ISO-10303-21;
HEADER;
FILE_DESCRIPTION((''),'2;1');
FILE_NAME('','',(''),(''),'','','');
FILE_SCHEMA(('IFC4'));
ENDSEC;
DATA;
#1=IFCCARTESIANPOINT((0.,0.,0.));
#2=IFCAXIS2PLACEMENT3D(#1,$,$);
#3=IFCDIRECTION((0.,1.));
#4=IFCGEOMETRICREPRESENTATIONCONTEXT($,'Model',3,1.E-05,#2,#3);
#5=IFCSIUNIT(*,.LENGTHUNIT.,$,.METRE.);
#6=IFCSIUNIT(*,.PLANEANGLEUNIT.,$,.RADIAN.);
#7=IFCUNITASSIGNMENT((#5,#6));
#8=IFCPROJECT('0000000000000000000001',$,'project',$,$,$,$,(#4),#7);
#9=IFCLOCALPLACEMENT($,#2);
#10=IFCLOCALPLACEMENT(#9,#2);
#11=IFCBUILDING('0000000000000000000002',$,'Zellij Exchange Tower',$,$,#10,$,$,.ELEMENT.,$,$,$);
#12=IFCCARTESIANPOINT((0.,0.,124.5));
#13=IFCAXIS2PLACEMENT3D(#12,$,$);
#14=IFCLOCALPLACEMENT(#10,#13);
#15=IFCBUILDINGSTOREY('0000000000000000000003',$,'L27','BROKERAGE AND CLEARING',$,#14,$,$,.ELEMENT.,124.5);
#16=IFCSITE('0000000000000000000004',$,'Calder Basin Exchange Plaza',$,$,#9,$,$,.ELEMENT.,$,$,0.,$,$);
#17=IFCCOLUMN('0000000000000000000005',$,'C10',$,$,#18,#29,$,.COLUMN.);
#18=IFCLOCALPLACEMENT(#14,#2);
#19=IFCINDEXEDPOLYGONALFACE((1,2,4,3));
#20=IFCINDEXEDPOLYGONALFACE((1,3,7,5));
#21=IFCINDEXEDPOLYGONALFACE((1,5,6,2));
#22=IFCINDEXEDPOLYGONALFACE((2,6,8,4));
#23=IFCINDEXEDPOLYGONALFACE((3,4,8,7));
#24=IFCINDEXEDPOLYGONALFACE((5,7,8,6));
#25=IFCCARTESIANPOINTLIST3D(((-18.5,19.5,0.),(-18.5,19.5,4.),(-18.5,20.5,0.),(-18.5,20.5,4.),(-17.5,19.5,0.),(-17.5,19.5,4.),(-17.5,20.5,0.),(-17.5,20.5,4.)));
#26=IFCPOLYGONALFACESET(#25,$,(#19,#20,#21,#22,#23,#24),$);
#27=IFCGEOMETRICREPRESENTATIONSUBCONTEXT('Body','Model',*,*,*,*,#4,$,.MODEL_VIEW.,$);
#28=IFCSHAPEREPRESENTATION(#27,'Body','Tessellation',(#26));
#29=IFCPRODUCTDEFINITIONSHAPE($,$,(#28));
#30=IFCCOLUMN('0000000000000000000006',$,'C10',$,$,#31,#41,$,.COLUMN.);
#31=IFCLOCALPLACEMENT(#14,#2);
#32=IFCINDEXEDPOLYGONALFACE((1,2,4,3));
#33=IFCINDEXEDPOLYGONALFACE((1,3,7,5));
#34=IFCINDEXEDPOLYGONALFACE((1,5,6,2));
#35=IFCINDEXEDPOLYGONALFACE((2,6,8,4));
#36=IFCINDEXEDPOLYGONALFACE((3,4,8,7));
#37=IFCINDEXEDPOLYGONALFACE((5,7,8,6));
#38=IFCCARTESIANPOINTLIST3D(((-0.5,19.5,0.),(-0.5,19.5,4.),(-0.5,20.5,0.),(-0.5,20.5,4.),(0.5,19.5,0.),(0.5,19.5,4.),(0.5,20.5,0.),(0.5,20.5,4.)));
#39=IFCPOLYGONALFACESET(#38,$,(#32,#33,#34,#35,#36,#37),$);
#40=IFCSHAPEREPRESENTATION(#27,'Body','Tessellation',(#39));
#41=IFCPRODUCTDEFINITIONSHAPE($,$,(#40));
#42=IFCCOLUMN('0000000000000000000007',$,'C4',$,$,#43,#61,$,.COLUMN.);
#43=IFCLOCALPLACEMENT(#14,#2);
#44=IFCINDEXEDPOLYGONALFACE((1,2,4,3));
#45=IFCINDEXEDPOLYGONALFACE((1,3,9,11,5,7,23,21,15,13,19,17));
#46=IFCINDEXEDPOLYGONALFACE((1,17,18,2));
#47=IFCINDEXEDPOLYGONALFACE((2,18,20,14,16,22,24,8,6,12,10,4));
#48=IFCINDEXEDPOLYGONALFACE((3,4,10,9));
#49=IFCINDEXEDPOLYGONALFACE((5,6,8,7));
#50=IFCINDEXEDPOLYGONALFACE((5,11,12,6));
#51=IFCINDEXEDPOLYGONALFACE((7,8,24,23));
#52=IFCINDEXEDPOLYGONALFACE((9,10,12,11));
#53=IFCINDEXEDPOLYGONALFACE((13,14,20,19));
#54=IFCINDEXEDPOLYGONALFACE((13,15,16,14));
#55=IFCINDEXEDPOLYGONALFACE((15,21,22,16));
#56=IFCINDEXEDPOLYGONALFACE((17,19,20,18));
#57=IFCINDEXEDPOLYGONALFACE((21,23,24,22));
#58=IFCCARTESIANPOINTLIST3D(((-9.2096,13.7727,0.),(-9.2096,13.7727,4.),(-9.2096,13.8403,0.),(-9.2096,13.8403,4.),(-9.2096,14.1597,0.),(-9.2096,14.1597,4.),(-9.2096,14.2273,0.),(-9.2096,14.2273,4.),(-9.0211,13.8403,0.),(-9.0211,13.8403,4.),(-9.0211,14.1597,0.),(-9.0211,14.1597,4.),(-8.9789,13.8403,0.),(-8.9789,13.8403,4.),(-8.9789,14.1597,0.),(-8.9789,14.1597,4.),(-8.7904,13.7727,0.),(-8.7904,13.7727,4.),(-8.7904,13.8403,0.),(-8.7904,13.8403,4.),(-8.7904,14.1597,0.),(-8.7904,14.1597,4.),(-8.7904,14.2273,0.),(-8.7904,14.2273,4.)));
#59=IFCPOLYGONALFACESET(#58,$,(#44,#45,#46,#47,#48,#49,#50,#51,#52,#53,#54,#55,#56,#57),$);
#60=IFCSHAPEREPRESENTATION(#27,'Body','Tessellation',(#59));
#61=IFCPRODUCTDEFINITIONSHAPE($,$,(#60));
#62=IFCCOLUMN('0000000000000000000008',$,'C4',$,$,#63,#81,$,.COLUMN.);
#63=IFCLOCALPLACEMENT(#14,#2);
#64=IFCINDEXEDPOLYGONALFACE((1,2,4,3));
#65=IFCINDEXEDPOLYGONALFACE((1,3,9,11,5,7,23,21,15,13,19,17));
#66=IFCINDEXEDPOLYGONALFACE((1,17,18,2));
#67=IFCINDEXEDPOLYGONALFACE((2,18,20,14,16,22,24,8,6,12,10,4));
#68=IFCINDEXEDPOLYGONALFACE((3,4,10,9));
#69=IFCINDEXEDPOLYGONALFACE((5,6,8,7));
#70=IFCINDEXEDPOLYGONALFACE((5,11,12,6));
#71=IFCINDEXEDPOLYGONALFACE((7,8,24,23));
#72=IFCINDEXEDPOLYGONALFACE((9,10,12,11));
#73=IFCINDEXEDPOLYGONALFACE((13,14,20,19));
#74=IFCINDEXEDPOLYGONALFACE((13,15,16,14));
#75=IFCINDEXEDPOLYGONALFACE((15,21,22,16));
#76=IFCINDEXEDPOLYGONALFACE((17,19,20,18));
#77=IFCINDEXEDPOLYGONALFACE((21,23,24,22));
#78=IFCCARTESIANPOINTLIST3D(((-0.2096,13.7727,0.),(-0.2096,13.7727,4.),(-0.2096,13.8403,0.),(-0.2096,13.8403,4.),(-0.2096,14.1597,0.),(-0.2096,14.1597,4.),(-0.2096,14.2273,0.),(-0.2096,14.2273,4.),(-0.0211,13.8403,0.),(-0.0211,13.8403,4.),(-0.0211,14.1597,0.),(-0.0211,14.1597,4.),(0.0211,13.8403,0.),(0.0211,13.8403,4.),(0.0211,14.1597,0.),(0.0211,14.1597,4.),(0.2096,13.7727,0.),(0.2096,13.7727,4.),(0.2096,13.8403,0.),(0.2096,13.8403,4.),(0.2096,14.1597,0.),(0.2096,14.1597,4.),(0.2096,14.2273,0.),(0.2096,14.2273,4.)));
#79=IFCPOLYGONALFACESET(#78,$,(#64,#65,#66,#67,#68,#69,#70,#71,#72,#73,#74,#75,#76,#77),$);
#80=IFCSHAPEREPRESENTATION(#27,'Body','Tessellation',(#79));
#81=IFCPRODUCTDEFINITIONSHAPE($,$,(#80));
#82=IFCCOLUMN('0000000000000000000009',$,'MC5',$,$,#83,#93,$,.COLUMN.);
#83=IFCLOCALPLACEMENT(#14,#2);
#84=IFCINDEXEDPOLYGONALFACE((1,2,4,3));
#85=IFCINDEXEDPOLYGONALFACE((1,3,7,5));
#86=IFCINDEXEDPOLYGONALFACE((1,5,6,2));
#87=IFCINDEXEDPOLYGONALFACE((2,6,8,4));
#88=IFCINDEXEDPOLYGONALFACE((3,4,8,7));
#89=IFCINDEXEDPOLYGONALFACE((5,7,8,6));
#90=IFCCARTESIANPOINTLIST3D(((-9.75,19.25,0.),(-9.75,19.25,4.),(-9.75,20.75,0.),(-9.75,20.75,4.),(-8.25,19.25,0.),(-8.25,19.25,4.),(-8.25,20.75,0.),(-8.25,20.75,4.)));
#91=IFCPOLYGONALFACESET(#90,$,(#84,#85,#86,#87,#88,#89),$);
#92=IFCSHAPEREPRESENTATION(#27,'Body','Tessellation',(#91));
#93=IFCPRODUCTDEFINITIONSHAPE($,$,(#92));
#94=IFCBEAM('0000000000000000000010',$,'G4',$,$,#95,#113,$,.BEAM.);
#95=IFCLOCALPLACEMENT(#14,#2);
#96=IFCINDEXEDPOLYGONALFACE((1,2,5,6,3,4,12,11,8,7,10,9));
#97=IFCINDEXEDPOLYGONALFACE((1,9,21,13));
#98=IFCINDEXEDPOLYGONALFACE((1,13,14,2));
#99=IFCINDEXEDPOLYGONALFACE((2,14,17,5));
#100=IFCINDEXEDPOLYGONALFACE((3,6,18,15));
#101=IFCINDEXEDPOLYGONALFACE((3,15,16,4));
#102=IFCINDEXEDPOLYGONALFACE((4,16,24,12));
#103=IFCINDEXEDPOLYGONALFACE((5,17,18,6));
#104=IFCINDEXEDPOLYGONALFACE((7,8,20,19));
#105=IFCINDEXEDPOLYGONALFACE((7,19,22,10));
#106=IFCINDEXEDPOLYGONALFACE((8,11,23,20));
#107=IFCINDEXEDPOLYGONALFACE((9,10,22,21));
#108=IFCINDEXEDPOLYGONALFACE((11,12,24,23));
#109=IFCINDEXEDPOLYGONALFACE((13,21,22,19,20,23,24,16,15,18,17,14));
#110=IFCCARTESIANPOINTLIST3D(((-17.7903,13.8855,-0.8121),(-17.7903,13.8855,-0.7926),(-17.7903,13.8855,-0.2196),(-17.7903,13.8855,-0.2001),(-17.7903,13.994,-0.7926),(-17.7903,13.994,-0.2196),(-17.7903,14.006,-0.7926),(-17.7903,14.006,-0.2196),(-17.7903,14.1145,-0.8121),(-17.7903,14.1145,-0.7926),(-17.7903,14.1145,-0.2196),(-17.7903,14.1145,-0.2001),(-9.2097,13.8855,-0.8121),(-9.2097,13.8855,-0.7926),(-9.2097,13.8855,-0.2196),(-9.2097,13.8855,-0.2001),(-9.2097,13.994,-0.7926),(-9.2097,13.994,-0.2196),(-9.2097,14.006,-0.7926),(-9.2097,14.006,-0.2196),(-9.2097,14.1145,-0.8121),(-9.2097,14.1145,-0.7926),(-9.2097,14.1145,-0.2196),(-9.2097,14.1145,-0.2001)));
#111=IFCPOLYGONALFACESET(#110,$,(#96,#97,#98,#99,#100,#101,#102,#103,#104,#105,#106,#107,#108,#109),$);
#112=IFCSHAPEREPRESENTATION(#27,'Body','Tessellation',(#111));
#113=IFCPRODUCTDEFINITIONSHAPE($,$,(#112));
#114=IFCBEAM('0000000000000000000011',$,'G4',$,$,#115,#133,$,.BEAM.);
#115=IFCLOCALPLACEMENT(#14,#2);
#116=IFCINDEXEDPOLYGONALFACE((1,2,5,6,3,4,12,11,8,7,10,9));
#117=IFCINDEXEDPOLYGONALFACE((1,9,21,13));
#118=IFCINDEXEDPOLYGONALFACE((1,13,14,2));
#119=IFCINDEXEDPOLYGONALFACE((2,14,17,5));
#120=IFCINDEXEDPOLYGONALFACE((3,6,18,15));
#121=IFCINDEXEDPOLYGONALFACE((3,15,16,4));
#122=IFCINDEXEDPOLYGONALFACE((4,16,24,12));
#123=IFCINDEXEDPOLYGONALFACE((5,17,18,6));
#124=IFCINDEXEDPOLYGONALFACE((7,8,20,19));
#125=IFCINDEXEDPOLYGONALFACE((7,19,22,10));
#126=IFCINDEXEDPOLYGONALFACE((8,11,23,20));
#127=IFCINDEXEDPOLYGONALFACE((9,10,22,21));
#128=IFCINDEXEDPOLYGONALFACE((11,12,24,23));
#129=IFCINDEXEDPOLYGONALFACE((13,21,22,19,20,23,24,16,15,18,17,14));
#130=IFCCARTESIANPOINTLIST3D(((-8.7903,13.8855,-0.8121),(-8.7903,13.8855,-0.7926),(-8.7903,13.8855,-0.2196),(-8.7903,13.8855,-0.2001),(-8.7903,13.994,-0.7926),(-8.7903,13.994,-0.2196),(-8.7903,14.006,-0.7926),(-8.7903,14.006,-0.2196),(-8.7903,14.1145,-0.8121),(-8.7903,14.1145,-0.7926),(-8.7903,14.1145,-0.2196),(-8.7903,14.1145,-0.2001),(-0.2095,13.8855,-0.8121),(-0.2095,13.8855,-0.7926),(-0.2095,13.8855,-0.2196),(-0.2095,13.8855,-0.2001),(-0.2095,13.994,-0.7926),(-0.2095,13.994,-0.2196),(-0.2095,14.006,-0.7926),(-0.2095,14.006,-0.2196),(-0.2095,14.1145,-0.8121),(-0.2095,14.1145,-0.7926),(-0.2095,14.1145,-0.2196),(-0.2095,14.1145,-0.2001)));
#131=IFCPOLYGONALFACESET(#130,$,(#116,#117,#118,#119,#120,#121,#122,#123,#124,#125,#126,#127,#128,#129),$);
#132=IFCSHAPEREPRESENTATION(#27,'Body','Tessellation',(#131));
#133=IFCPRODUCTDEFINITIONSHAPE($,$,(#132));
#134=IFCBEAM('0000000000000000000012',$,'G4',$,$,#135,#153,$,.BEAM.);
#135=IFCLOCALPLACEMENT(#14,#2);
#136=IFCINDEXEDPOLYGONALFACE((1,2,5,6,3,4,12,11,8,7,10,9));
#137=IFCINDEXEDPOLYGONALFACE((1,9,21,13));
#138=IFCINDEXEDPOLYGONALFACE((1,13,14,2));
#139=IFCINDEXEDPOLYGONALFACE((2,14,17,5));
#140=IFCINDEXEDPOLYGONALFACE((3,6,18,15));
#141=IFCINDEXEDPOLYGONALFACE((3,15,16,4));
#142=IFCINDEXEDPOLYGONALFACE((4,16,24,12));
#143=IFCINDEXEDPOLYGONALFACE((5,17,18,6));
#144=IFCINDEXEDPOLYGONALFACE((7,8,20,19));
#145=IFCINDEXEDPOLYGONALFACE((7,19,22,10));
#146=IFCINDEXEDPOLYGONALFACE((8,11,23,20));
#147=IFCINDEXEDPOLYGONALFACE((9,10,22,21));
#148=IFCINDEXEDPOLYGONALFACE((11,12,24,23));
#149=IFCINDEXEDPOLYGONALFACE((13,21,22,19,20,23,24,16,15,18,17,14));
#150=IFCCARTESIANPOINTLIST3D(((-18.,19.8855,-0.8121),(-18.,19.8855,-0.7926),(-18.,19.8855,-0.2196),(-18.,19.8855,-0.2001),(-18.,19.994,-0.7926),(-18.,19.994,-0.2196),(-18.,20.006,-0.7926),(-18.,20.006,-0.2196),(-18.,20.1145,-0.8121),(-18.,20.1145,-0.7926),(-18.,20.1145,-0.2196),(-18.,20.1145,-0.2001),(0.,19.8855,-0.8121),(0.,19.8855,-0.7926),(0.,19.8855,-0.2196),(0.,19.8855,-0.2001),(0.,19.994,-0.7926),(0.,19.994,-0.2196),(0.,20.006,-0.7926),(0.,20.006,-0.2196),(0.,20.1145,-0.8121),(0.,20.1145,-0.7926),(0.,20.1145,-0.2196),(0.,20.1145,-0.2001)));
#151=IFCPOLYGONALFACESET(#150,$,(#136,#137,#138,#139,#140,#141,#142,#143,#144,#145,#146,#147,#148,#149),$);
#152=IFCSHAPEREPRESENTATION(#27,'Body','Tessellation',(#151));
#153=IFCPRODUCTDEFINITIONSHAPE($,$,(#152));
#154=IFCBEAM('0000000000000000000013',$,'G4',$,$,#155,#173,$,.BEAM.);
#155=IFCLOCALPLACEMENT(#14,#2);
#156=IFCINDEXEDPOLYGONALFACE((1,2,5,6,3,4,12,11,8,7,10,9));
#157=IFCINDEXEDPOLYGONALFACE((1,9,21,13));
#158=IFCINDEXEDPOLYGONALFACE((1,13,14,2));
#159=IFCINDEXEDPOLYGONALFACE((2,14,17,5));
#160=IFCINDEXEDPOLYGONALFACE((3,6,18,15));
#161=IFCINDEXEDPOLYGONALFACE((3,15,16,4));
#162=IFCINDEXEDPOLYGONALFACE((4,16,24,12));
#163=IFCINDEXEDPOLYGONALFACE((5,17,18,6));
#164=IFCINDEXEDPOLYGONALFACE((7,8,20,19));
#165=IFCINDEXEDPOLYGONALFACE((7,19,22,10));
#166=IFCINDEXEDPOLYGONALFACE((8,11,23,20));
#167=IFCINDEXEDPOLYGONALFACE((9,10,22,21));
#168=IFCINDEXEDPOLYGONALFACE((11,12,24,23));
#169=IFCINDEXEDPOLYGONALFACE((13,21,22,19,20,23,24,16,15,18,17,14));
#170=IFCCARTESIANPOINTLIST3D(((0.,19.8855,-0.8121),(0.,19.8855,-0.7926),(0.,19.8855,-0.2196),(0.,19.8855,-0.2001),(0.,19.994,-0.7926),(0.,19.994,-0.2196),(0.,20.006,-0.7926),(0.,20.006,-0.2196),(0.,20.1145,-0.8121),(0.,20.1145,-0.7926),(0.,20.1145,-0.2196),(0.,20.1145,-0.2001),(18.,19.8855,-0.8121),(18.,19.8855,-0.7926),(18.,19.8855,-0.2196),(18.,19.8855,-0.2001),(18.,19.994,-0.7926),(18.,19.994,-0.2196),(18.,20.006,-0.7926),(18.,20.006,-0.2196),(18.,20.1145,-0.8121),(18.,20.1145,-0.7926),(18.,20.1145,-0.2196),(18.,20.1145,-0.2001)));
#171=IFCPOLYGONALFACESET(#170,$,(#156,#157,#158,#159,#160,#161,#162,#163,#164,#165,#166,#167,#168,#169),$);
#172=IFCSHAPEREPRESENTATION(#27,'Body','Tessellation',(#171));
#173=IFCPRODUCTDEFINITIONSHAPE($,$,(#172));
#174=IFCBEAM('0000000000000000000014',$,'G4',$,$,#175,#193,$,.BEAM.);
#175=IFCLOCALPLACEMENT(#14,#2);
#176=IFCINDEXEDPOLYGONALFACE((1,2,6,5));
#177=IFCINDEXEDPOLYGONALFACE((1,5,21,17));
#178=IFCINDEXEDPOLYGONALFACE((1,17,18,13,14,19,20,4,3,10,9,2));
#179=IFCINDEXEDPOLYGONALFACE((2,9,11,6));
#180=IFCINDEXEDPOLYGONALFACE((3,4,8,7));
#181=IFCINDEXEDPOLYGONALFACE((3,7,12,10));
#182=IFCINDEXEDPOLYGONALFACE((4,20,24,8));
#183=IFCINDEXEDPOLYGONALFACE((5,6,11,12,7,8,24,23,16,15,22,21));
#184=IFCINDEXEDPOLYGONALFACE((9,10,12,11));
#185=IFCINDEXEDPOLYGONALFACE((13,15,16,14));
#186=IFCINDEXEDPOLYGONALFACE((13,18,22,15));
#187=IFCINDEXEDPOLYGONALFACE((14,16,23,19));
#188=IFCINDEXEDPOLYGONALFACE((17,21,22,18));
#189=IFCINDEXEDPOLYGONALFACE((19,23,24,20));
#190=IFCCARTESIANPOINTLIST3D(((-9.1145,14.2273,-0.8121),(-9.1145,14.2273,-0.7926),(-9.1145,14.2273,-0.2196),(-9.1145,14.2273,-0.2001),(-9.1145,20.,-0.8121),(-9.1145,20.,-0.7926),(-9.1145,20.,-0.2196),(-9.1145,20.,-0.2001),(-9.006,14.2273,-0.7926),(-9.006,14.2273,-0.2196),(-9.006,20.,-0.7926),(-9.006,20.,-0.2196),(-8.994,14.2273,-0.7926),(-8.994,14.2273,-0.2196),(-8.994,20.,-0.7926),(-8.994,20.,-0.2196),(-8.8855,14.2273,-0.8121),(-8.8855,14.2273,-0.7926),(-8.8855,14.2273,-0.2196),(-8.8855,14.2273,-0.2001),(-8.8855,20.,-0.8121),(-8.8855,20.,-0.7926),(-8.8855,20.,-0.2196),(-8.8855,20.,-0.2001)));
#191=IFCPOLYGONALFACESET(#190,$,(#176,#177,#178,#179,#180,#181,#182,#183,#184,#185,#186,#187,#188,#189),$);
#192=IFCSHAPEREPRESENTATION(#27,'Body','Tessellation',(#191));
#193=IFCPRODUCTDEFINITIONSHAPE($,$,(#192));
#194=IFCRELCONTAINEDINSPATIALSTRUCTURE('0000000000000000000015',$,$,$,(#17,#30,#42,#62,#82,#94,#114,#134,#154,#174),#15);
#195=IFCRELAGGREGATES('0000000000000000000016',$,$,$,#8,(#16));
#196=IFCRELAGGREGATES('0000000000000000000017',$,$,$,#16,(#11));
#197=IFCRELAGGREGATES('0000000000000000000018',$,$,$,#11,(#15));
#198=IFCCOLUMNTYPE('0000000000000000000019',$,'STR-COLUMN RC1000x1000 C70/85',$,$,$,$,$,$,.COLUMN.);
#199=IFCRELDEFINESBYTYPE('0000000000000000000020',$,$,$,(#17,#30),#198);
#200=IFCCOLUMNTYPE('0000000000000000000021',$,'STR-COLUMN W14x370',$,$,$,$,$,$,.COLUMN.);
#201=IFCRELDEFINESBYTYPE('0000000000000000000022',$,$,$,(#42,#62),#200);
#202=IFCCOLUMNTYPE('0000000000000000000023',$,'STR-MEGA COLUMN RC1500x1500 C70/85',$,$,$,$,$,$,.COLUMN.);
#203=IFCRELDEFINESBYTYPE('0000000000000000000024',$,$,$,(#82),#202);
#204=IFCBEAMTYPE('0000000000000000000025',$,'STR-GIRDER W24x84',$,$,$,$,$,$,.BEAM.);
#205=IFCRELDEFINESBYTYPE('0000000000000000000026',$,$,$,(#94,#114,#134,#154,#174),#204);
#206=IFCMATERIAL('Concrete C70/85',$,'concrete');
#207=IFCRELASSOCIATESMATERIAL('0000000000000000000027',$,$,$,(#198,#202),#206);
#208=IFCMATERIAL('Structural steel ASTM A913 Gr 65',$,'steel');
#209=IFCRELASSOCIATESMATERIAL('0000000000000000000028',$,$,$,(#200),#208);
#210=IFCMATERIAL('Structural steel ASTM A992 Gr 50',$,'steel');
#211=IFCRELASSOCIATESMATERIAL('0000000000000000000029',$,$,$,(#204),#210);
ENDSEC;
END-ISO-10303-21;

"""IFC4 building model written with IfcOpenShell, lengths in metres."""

from ifc_helpers import new_model, si_unit, direction, frame, origin, origin_2d, place, context, subcontext, project, spatial, rectangle, i_section, extrude, material, material_profile, profile_set, type_object, element, save


model = new_model("IFC4")

# Units and contexts
model_context = context("Model", 3, precision=1e-05, world=origin(), true_north=direction((0.0, 1.0)))
body_context = subcontext(model_context, "Body", "Model", "MODEL_VIEW")
ifc_project = project(units=[si_unit("LENGTHUNIT", "METRE"), si_unit("PLANEANGLEUNIT", "RADIAN")], contexts=[model_context])

# Site, building, storey
site_placement = place(None, origin())
site = spatial("IfcSite", under=ifc_project, at=site_placement, Name="Calder Basin Exchange Plaza", CompositionType="ELEMENT", RefElevation=0.0)
building_placement = place(site_placement, origin())
building = spatial("IfcBuilding", under=site, at=building_placement, Name="Zellij Exchange Tower", CompositionType="ELEMENT")
storey_placement = place(building_placement, frame((0.0, 0.0, 124.5)))
storey = spatial("IfcBuildingStorey", under=building, at=storey_placement, Name="L27", Description="BROKERAGE AND CLEARING", CompositionType="ELEMENT", Elevation=124.5)

# Columns
ifc_material_1 = material(Name="Concrete C70/85", Category="concrete")
ifc_material_profile_1 = material_profile(ifc_material_1, rectangle(XDim=1.0, YDim=1.0, at=origin_2d()), Name="STR-COLUMN RC1000x1000 C70/85")
ifc_profile_set_1 = profile_set([ifc_material_profile_1], Name="Concrete C70/85")
column_type_1 = type_object("IfcColumnType", Name="STR-COLUMN RC1000x1000 C70/85", PredefinedType="COLUMN", material=ifc_profile_set_1)
for number, where, z_axis, x_axis, name in (
    (1, (-18.0, 20.0, 0.0), (0.0, 0.0, 1.0), (1.0, 0.0, 0.0), "C10"),
    (2, (0.0, 20.0, 0.0), (0.0, 0.0, 1.0), (1.0, 0.0, 0.0), "C10"),
):
    element("IfcColumn", number, at=place(storey_placement, frame(where, z_axis=z_axis, x_axis=x_axis)), inside=storey, type_object=column_type_1, Name=name, PredefinedType="COLUMN", context=body_context, shape_type="SweptSolid", body=[
        extrude(rectangle(XDim=1.0, YDim=1.0, at=origin_2d()), origin(), (0.0, 0.0, 1.0), 4.0),
    ])
ifc_material_2 = material(Name="Structural steel ASTM A913 Gr 65", Category="steel")
ifc_material_profile_2 = material_profile(ifc_material_2, i_section(OverallWidth=0.4192, OverallDepth=0.4546, WebThickness=0.0422, FlangeThickness=0.0676, at=origin_2d()), Name="W14x370")
ifc_profile_set_2 = profile_set([ifc_material_profile_2], Name="Structural steel ASTM A913 Gr 65")
column_type_2 = type_object("IfcColumnType", Name="STR-COLUMN W14x370", PredefinedType="COLUMN", material=ifc_profile_set_2)
for number, where, z_axis, x_axis, name in (
    (3, (-9.0, 14.0, 0.0), (0.0, 0.0, 1.0), (1.0, 0.0, 0.0), "C4"),
    (4, (0.0, 14.0, 0.0), (0.0, 0.0, 1.0), (1.0, 0.0, 0.0), "C4"),
):
    element("IfcColumn", number, at=place(storey_placement, frame(where, z_axis=z_axis, x_axis=x_axis)), inside=storey, type_object=column_type_2, Name=name, PredefinedType="COLUMN", context=body_context, shape_type="SweptSolid", body=[
        extrude(i_section(OverallWidth=0.4192, OverallDepth=0.4546, WebThickness=0.0422, FlangeThickness=0.0676, at=origin_2d()), origin(), (0.0, 0.0, 1.0), 4.0),
    ])
ifc_material_profile_3 = material_profile(ifc_material_1, rectangle(XDim=1.5, YDim=1.5, at=origin_2d()), Name="STR-MEGA COLUMN RC1500x1500 C70/85")
ifc_profile_set_3 = profile_set([ifc_material_profile_3], Name="Concrete C70/85")
column_type_3 = type_object("IfcColumnType", Name="STR-MEGA COLUMN RC1500x1500 C70/85", PredefinedType="COLUMN", material=ifc_profile_set_3)
column_placement = place(storey_placement, frame((-9.0, 20.0, 0.0), z_axis=(0.0, 0.0, 1.0), x_axis=(1.0, 0.0, 0.0)))
element("IfcColumn", 5, at=column_placement, inside=storey, type_object=column_type_3, Name="MC5", PredefinedType="COLUMN", context=body_context, shape_type="SweptSolid", body=[
    extrude(rectangle(XDim=1.5, YDim=1.5, at=origin_2d()), origin(), (0.0, 0.0, 1.0), 4.0),
])

# Beams
ifc_material_3 = material(Name="Structural steel ASTM A992 Gr 50", Category="steel")
ifc_material_profile_4 = material_profile(ifc_material_3, i_section(OverallWidth=0.229, OverallDepth=0.6121, WebThickness=0.012, FlangeThickness=0.0195, at=origin_2d()), Name="W24x84")
ifc_profile_set_4 = profile_set([ifc_material_profile_4], Name="Structural steel ASTM A992 Gr 50")
beam_type = type_object("IfcBeamType", Name="STR-GIRDER W24x84", PredefinedType="BEAM", material=ifc_profile_set_4)
beam_1_placement = place(storey_placement, frame((-17.7903, 14.0, -0.5061), z_axis=(1.0, 0.0, 0.0), x_axis=(0.0, 1.0, 0.0)))
element("IfcBeam", 6, at=beam_1_placement, inside=storey, type_object=beam_type, Name="G4", PredefinedType="BEAM", context=body_context, shape_type="SweptSolid", body=[
    extrude(i_section(OverallWidth=0.229, OverallDepth=0.6121, WebThickness=0.012, FlangeThickness=0.0195, at=origin_2d()), origin(), (0.0, 0.0, 1.0), 8.5806),
])
beam_2_placement = place(storey_placement, frame((-8.7903, 14.0, -0.5061), z_axis=(1.0, 0.0, 0.0), x_axis=(0.0, 1.0, 0.0)))
element("IfcBeam", 7, at=beam_2_placement, inside=storey, type_object=beam_type, Name="G4", PredefinedType="BEAM", context=body_context, shape_type="SweptSolid", body=[
    extrude(i_section(OverallWidth=0.229, OverallDepth=0.6121, WebThickness=0.012, FlangeThickness=0.0195, at=origin_2d()), origin(), (0.0, 0.0, 1.0), 8.5808),
])
for number, where, z_axis, x_axis, name in (
    (8, (-18.0, 20.0, -0.5061), (1.0, 0.0, 0.0), (0.0, 1.0, 0.0), "G4"),
    (9, (0.0, 20.0, -0.5061), (1.0, 0.0, 0.0), (0.0, 1.0, 0.0), "G4"),
):
    element("IfcBeam", number, at=place(storey_placement, frame(where, z_axis=z_axis, x_axis=x_axis)), inside=storey, type_object=beam_type, Name=name, PredefinedType="BEAM", context=body_context, shape_type="SweptSolid", body=[
        extrude(i_section(OverallWidth=0.229, OverallDepth=0.6121, WebThickness=0.012, FlangeThickness=0.0195, at=origin_2d()), origin(), (0.0, 0.0, 1.0), 18.0),
    ])
for number, where, z_axis, x_axis, name in (
    (10, (-9.0, 14.2273, -0.5061), (0.0, 1.0, 0.0), (-1.0, 0.0, 0.0), "G4"),
):
    element("IfcBeam", number, at=place(storey_placement, frame(where, z_axis=z_axis, x_axis=x_axis)), inside=storey, type_object=beam_type, Name=name, PredefinedType="BEAM", context=body_context, shape_type="SweptSolid", body=[
        extrude(i_section(OverallWidth=0.229, OverallDepth=0.6121, WebThickness=0.012, FlangeThickness=0.0195, at=origin_2d()), origin(), (0.0, 0.0, 1.0), 5.7727),
    ])

save(model, "model.ifc")
